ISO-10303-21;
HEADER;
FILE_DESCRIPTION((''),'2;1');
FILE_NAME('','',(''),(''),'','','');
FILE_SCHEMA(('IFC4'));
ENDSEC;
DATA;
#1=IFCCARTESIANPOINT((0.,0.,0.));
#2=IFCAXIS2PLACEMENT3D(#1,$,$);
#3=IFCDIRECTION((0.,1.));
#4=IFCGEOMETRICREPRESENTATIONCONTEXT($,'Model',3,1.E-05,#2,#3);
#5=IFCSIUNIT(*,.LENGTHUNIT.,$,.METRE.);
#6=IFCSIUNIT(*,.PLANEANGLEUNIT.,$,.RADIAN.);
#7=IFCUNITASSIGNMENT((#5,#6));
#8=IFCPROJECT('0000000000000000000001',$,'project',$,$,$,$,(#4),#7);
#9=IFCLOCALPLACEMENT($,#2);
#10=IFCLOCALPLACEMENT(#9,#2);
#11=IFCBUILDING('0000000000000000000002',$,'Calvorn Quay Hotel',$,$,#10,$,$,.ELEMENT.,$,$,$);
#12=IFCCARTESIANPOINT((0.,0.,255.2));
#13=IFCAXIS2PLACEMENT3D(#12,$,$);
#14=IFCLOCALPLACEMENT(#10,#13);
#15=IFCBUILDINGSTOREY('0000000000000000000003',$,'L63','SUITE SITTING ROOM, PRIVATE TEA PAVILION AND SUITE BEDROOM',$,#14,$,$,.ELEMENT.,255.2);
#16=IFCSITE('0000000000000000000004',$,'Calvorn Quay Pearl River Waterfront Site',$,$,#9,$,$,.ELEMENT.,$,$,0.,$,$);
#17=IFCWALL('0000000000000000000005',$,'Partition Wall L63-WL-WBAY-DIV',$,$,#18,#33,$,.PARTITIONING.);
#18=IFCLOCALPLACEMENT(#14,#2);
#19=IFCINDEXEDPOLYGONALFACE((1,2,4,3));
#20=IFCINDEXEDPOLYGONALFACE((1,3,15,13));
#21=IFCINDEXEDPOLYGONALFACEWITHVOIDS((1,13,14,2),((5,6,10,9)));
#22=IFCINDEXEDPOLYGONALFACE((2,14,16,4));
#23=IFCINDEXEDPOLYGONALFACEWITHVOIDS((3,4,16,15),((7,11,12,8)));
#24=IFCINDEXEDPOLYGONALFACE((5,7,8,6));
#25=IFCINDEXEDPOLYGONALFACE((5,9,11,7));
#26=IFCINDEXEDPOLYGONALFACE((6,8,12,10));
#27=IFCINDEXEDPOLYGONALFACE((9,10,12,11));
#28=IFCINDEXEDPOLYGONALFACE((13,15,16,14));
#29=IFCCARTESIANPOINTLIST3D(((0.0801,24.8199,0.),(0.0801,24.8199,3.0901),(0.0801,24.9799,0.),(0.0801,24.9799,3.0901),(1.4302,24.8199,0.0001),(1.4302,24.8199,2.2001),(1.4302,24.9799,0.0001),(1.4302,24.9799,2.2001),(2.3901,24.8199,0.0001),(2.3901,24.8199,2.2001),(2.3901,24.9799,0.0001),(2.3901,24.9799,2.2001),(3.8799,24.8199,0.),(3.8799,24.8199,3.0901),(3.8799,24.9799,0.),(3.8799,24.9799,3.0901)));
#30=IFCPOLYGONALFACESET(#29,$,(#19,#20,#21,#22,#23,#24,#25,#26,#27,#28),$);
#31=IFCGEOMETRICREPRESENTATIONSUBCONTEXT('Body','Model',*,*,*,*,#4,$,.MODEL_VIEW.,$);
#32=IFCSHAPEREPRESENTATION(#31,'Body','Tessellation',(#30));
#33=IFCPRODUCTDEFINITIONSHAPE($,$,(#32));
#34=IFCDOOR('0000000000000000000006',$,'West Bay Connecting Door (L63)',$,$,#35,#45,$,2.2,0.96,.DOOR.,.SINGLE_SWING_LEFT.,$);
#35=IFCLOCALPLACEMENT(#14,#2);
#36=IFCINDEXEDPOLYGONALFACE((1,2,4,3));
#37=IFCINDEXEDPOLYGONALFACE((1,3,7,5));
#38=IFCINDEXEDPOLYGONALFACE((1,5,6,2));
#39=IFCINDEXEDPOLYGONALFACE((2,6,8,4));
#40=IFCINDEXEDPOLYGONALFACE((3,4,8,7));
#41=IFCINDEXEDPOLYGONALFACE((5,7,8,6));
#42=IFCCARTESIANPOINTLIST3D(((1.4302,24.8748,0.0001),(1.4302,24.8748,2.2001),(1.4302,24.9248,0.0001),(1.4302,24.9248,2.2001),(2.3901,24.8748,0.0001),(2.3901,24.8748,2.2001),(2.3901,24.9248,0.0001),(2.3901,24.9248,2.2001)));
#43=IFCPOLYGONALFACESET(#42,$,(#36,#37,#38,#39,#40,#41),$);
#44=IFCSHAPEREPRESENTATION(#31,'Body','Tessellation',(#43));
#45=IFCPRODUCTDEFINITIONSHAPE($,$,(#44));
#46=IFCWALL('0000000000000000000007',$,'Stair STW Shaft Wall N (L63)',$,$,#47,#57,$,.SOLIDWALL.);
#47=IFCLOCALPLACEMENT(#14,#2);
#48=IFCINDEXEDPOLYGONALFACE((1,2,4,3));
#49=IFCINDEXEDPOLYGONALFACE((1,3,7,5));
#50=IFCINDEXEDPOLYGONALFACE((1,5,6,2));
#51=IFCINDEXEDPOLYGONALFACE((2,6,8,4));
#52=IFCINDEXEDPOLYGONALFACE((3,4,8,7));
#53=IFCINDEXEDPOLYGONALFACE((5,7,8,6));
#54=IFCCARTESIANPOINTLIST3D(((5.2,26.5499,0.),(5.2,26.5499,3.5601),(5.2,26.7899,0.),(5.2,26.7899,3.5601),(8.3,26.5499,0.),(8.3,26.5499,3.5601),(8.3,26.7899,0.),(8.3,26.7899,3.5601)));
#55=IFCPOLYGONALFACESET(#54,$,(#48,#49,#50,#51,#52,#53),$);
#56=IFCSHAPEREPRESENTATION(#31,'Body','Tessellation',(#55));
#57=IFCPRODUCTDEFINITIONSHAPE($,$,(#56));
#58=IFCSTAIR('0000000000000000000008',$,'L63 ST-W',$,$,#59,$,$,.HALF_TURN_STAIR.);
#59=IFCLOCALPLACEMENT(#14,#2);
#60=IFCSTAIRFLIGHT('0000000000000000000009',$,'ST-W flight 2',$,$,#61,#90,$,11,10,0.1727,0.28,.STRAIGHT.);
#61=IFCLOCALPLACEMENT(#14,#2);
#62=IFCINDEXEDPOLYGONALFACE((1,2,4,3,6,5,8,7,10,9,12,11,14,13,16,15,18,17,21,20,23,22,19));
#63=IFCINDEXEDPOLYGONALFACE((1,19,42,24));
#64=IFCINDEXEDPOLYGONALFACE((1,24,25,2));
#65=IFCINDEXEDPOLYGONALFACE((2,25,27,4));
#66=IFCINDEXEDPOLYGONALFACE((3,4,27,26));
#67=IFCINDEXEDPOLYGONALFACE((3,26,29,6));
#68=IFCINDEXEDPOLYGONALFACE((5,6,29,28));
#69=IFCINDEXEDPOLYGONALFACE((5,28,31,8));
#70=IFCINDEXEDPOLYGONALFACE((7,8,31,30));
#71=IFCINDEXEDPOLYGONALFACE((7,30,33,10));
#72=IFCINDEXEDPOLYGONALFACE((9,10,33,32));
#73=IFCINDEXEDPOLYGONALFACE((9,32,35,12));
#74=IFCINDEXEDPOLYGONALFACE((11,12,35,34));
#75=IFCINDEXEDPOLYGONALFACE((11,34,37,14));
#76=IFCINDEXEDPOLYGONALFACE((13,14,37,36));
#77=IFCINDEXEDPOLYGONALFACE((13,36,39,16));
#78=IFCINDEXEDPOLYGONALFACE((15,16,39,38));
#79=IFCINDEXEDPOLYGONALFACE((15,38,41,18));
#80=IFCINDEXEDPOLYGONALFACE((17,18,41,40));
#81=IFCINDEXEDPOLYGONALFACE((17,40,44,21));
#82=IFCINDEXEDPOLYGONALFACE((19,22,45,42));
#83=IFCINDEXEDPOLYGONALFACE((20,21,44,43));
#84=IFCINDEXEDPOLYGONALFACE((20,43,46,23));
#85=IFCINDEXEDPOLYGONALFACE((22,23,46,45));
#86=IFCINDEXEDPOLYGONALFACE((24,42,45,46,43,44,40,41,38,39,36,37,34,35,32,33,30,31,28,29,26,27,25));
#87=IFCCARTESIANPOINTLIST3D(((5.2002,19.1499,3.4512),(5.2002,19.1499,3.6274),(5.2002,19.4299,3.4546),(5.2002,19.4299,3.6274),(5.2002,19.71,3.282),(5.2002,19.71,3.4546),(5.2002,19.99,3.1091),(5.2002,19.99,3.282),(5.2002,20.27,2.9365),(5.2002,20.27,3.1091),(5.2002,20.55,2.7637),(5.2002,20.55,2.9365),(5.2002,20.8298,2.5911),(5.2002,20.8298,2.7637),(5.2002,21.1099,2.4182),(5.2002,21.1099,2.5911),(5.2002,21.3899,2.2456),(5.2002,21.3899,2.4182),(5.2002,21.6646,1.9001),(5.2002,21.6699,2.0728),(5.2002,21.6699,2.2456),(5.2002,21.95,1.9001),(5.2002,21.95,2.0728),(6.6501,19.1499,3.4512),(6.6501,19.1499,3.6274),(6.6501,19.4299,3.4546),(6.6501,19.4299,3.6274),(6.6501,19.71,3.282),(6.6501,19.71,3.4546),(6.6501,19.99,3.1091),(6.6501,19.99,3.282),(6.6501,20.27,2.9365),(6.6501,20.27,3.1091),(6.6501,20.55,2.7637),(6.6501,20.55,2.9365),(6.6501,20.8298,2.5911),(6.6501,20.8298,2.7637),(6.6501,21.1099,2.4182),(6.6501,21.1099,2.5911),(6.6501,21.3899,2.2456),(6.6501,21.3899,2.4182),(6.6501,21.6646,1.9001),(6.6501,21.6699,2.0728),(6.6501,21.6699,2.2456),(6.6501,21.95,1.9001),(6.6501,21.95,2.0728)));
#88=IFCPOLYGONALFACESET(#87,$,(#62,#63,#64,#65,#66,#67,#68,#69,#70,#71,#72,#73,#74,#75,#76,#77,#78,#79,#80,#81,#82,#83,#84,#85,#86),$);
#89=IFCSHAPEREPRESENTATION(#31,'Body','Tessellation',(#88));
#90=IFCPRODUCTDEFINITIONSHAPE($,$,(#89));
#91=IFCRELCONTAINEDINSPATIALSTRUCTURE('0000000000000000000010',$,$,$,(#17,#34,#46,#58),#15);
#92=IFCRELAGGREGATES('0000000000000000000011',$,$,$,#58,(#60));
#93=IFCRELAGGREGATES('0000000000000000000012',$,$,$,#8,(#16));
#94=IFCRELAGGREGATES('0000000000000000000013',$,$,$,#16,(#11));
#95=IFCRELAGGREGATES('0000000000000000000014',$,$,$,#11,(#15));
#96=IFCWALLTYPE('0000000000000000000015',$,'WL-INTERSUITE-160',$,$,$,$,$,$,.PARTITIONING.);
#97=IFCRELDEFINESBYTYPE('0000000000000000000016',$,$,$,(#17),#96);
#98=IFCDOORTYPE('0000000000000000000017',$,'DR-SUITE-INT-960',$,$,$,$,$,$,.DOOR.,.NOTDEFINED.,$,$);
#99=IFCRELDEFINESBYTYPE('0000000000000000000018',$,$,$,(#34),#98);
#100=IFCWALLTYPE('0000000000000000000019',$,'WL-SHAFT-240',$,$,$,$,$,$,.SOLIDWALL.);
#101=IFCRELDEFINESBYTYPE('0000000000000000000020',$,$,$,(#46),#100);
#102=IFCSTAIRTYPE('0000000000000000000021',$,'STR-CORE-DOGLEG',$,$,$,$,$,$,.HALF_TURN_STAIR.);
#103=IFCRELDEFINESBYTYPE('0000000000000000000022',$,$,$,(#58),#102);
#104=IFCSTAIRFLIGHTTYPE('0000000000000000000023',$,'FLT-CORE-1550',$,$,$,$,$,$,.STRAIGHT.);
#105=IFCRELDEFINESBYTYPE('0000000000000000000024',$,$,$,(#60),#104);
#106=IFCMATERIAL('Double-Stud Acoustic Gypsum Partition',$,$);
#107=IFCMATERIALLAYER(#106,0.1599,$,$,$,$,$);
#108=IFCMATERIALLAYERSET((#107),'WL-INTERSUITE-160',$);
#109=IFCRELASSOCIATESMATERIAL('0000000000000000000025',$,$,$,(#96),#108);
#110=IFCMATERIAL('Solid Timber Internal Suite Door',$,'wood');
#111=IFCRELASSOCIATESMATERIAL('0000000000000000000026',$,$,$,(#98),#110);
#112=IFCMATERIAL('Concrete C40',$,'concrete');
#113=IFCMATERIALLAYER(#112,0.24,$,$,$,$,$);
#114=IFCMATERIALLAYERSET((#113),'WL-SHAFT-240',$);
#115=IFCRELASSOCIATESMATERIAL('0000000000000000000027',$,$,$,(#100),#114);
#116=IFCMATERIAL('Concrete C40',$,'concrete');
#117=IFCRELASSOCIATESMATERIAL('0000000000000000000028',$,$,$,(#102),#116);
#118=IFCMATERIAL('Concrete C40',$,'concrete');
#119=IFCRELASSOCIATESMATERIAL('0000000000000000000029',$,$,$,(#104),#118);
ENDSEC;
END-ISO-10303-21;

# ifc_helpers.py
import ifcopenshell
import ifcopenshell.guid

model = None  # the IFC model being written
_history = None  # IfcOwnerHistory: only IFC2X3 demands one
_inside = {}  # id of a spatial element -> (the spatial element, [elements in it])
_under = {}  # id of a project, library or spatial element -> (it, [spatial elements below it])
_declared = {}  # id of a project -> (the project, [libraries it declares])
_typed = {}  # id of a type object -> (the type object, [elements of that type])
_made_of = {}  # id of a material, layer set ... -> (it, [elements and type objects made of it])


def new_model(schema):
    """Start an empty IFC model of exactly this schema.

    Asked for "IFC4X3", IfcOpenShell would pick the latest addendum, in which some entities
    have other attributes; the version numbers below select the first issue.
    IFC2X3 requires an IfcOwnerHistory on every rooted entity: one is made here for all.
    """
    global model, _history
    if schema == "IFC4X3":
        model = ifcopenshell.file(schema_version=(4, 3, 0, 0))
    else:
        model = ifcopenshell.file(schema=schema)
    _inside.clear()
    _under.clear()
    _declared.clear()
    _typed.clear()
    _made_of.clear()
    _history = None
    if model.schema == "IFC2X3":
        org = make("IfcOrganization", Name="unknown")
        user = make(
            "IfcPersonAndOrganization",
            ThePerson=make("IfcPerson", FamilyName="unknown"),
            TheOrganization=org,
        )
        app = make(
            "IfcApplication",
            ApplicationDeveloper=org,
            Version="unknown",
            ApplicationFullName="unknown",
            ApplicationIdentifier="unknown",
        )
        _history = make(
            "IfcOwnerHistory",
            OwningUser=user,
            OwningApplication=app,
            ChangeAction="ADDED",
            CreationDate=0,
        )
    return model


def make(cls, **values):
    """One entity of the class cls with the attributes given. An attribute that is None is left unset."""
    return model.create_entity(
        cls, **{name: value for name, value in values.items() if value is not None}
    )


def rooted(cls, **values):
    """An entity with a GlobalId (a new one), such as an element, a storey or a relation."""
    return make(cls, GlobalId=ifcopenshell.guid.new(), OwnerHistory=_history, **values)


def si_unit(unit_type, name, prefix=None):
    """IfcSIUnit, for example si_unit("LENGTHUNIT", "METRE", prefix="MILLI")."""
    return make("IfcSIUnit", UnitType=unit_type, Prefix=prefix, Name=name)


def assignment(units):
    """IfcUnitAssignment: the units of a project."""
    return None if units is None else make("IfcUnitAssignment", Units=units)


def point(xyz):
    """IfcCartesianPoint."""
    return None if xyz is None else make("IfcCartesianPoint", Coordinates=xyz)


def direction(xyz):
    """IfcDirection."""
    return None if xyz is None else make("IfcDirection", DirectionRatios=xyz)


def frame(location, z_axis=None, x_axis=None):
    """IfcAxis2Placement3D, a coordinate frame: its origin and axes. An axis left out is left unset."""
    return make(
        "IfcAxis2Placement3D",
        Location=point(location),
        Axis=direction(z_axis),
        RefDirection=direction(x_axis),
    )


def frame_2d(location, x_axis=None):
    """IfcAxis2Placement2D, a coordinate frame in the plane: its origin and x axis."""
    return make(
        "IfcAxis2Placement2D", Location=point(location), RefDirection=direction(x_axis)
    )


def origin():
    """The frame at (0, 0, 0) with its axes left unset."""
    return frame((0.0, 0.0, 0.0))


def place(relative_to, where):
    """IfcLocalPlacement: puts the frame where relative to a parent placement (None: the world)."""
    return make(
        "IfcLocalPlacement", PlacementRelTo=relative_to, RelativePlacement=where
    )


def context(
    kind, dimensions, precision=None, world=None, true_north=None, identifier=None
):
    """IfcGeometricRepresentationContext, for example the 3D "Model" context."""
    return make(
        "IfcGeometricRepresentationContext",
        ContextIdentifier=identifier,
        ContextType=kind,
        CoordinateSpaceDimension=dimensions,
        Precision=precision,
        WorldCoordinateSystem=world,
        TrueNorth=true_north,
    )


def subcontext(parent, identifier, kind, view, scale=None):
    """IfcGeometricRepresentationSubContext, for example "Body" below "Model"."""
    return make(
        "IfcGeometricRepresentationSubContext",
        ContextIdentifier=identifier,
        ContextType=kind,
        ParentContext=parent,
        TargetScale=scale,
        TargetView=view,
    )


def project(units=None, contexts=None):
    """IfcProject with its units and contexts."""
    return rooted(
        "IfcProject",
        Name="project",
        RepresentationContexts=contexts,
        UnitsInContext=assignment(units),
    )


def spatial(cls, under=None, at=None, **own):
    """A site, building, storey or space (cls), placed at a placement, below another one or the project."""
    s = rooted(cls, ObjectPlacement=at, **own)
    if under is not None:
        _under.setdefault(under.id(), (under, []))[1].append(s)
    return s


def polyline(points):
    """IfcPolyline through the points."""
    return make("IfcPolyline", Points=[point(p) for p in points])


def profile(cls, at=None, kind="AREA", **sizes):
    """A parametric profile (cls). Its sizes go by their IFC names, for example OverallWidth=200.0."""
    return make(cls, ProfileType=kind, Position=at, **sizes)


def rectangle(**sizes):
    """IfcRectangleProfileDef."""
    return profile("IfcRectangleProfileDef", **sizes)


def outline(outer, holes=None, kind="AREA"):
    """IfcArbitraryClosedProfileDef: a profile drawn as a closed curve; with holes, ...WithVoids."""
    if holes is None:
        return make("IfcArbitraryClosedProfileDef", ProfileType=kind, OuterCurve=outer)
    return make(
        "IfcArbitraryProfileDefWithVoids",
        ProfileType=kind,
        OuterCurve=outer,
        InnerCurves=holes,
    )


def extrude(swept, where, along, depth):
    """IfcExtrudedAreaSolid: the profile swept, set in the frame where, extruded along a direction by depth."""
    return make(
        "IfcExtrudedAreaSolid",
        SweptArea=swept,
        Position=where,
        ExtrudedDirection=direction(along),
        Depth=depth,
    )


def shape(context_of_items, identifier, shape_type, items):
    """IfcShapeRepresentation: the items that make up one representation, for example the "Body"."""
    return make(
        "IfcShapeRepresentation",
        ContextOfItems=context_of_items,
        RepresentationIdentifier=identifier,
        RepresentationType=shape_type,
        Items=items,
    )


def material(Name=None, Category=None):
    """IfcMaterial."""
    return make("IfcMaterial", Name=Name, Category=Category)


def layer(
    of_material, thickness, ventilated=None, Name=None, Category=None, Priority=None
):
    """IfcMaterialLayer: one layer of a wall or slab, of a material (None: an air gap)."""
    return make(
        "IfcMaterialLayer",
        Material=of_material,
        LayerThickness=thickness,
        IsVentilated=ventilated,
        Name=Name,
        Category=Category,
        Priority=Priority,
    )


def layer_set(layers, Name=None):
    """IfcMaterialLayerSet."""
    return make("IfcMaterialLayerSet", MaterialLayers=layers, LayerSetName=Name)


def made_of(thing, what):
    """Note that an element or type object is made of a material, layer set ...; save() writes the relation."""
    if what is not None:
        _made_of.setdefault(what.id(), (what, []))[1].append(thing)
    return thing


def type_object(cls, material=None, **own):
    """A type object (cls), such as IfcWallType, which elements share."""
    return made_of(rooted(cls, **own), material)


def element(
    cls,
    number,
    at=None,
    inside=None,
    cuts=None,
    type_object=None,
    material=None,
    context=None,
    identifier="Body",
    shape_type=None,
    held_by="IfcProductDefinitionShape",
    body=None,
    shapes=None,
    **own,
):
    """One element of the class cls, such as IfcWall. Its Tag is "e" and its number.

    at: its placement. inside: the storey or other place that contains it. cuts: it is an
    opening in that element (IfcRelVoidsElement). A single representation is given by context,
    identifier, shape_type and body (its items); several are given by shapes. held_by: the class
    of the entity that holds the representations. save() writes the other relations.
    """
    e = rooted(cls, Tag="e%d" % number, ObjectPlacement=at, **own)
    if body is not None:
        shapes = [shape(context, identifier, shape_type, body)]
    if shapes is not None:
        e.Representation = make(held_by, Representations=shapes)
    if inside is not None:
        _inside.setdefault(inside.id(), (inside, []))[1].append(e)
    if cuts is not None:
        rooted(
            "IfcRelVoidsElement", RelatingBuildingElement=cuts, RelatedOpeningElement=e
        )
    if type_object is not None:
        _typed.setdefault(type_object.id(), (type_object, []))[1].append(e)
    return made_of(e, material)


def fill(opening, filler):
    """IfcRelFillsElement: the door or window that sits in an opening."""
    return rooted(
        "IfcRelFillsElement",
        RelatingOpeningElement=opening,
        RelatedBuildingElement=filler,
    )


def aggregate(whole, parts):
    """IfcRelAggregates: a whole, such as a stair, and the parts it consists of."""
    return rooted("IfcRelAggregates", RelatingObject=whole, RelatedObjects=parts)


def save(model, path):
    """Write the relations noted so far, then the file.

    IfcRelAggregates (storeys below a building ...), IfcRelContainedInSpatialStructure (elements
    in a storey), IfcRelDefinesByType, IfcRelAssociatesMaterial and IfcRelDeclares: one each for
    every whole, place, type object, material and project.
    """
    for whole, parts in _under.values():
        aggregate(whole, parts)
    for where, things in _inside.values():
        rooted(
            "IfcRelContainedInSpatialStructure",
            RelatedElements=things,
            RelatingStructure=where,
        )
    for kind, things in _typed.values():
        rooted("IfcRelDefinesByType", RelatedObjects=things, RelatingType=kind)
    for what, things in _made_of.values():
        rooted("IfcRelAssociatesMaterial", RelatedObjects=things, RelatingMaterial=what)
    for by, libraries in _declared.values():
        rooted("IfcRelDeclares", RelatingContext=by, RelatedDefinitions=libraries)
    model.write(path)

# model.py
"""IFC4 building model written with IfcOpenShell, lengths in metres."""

from ifc_helpers import new_model, si_unit, direction, frame, frame_2d, origin, place, context, subcontext, project, spatial, polyline, rectangle, outline, extrude, material, layer, layer_set, type_object, element, fill, aggregate, save


model = new_model("IFC4")

# Units and contexts
model_context = context("Model", 3, precision=1e-05, world=origin(), true_north=direction((0.0, 1.0)))
body_context = subcontext(model_context, "Body", "Model", "MODEL_VIEW")
ifc_project = project(units=[si_unit("LENGTHUNIT", "METRE"), si_unit("PLANEANGLEUNIT", "RADIAN")], contexts=[model_context])

# Site, building, storey
site_placement = place(None, origin())
site = spatial("IfcSite", under=ifc_project, at=site_placement, Name="Calvorn Quay Pearl River Waterfront Site", CompositionType="ELEMENT", RefElevation=0.0)
building_placement = place(site_placement, origin())
building = spatial("IfcBuilding", under=site, at=building_placement, Name="Calvorn Quay Hotel", CompositionType="ELEMENT")
storey_placement = place(building_placement, frame((0.0, 0.0, 255.2)))
storey = spatial("IfcBuildingStorey", under=building, at=storey_placement, Name="L63", Description="SUITE SITTING ROOM, PRIVATE TEA PAVILION AND SUITE BEDROOM", CompositionType="ELEMENT", Elevation=255.2)

# Wall, opening, door
ifc_material_1 = material(Name="Double-Stud Acoustic Gypsum Partition")
ifc_layer_1 = layer(ifc_material_1, 0.1599)
ifc_layer_set_1 = layer_set([ifc_layer_1], Name="WL-INTERSUITE-160")
wall_type_1 = type_object("IfcWallType", Name="WL-INTERSUITE-160", PredefinedType="PARTITIONING", material=ifc_layer_set_1)
wall_1_placement = place(storey_placement, frame((0.0801, 24.8999, 0.0), z_axis=(0.0, 0.0, 1.0), x_axis=(1.0, 0.0, 0.0)))
wall_1 = element("IfcWall", 1, at=wall_1_placement, inside=storey, type_object=wall_type_1, Name="Partition Wall L63-WL-WBAY-DIV", PredefinedType="PARTITIONING", context=body_context, shape_type="SweptSolid", body=[
    extrude(rectangle(XDim=3.7998, YDim=0.1599, at=frame_2d((1.8999, 0.0))), origin(), (0.0, 0.0, 1.0), 3.0901),
])
opening_placement = place(wall_1_placement, frame((1.3501, 0.0, 0.0)))
opening = element("IfcOpeningElement", 2, at=opening_placement, cuts=wall_1, PredefinedType="OPENING", context=body_context, shape_type="SweptSolid", body=[
    extrude(rectangle(XDim=0.96, YDim=2.2, at=frame_2d((0.48, 1.1001))), frame((0.0, 0.0898, 0.0), z_axis=(0.0, -1.0, 0.0), x_axis=(1.0, 0.0, 0.0)), (0.0, 0.0, 1.0), 0.1799),
])
ifc_material_2 = material(Name="Solid Timber Internal Suite Door", Category="wood")
door_type = type_object("IfcDoorType", Name="DR-SUITE-INT-960", OperationType="NOTDEFINED", PredefinedType="DOOR", material=ifc_material_2)
door_placement = place(opening_placement, origin())
door = element("IfcDoor", 3, at=door_placement, inside=storey, type_object=door_type, Name="West Bay Connecting Door (L63)", OperationType="SINGLE_SWING_LEFT", OverallHeight=2.2, OverallWidth=0.96, PredefinedType="DOOR", context=body_context, shape_type="SweptSolid", body=[
    extrude(rectangle(XDim=0.96, YDim=2.2, at=frame_2d((0.48, 1.1001))), frame((0.0, 0.0249, 0.0), z_axis=(0.0, -1.0, 0.0), x_axis=(1.0, 0.0, 0.0)), (0.0, 0.0, 1.0), 0.05),
])
fill(opening, door)

# Wall
ifc_material_3 = material(Name="Concrete C40", Category="concrete")
ifc_layer_2 = layer(ifc_material_3, 0.24)
ifc_layer_set_2 = layer_set([ifc_layer_2], Name="WL-SHAFT-240")
wall_type_2 = type_object("IfcWallType", Name="WL-SHAFT-240", PredefinedType="SOLIDWALL", material=ifc_layer_set_2)
wall_2_placement = place(storey_placement, frame((5.2, 26.6699, 0.0), z_axis=(0.0, 0.0, 1.0), x_axis=(1.0, 0.0, 0.0)))
element("IfcWall", 4, at=wall_2_placement, inside=storey, type_object=wall_type_2, Name="Stair STW Shaft Wall N (L63)", PredefinedType="SOLIDWALL", context=body_context, shape_type="SweptSolid", body=[
    extrude(rectangle(XDim=3.1001, YDim=0.24, at=frame_2d((1.55, 0.0))), origin(), (0.0, 0.0, 1.0), 3.5601),
])

# Stair, stair flight
ifc_material_4 = material(Name="Concrete C40", Category="concrete")
stair_type = type_object("IfcStairType", Name="STR-CORE-DOGLEG", PredefinedType="HALF_TURN_STAIR", material=ifc_material_4)
stair_placement = place(storey_placement, origin())
stair = element("IfcStair", 5, at=stair_placement, inside=storey, type_object=stair_type, Name="L63 ST-W", PredefinedType="HALF_TURN_STAIR")
ifc_material_5 = material(Name="Concrete C40", Category="concrete")
stair_flight_type = type_object("IfcStairFlightType", Name="FLT-CORE-1550", PredefinedType="STRAIGHT", material=ifc_material_5)
stair_flight_placement = place(storey_placement, frame((5.925, 21.95, 1.9001), z_axis=(0.0, 0.0, 1.0), x_axis=(0.0, -1.0, 0.0)))
stair_flight = element("IfcStairFlight", 6, at=stair_flight_placement, type_object=stair_flight_type, Name="ST-W flight 2", NumberOfRisers=11, NumberOfTreads=10, PredefinedType="STRAIGHT", RiserHeight=0.1727, TreadLength=0.28, context=body_context, shape_type="SweptSolid", body=[
    extrude(outline(polyline([(0.0, 0.0), (0.0, 0.1726), (0.28, 0.1726), (0.28, 0.3455), (0.5601, 0.3455), (0.5601, 0.5181), (0.8401, 0.5181), (0.8401, 0.6909), (1.1201, 0.6909), (1.1201, 0.8635), (1.3999, 0.8635), (1.3999, 1.0364), (1.6799, 1.0364), (1.6799, 1.209), (1.96, 1.209), (1.96, 1.3818), (2.24, 1.3818), (2.24, 1.5544), (2.52, 1.5544), (2.52, 1.7273), (2.8, 1.7273), (2.8, 1.8999), (2.8, 1.551), (0.2854, 0.0), (0.0, 0.0)])), frame((0.0, 0.7251, 0.0), z_axis=(0.0, -1.0, 0.0), x_axis=(1.0, 0.0, 0.0)), (0.0, 0.0, 1.0), 1.45),
])
aggregate(stair, [stair_flight])

save(model, "model.ifc")
